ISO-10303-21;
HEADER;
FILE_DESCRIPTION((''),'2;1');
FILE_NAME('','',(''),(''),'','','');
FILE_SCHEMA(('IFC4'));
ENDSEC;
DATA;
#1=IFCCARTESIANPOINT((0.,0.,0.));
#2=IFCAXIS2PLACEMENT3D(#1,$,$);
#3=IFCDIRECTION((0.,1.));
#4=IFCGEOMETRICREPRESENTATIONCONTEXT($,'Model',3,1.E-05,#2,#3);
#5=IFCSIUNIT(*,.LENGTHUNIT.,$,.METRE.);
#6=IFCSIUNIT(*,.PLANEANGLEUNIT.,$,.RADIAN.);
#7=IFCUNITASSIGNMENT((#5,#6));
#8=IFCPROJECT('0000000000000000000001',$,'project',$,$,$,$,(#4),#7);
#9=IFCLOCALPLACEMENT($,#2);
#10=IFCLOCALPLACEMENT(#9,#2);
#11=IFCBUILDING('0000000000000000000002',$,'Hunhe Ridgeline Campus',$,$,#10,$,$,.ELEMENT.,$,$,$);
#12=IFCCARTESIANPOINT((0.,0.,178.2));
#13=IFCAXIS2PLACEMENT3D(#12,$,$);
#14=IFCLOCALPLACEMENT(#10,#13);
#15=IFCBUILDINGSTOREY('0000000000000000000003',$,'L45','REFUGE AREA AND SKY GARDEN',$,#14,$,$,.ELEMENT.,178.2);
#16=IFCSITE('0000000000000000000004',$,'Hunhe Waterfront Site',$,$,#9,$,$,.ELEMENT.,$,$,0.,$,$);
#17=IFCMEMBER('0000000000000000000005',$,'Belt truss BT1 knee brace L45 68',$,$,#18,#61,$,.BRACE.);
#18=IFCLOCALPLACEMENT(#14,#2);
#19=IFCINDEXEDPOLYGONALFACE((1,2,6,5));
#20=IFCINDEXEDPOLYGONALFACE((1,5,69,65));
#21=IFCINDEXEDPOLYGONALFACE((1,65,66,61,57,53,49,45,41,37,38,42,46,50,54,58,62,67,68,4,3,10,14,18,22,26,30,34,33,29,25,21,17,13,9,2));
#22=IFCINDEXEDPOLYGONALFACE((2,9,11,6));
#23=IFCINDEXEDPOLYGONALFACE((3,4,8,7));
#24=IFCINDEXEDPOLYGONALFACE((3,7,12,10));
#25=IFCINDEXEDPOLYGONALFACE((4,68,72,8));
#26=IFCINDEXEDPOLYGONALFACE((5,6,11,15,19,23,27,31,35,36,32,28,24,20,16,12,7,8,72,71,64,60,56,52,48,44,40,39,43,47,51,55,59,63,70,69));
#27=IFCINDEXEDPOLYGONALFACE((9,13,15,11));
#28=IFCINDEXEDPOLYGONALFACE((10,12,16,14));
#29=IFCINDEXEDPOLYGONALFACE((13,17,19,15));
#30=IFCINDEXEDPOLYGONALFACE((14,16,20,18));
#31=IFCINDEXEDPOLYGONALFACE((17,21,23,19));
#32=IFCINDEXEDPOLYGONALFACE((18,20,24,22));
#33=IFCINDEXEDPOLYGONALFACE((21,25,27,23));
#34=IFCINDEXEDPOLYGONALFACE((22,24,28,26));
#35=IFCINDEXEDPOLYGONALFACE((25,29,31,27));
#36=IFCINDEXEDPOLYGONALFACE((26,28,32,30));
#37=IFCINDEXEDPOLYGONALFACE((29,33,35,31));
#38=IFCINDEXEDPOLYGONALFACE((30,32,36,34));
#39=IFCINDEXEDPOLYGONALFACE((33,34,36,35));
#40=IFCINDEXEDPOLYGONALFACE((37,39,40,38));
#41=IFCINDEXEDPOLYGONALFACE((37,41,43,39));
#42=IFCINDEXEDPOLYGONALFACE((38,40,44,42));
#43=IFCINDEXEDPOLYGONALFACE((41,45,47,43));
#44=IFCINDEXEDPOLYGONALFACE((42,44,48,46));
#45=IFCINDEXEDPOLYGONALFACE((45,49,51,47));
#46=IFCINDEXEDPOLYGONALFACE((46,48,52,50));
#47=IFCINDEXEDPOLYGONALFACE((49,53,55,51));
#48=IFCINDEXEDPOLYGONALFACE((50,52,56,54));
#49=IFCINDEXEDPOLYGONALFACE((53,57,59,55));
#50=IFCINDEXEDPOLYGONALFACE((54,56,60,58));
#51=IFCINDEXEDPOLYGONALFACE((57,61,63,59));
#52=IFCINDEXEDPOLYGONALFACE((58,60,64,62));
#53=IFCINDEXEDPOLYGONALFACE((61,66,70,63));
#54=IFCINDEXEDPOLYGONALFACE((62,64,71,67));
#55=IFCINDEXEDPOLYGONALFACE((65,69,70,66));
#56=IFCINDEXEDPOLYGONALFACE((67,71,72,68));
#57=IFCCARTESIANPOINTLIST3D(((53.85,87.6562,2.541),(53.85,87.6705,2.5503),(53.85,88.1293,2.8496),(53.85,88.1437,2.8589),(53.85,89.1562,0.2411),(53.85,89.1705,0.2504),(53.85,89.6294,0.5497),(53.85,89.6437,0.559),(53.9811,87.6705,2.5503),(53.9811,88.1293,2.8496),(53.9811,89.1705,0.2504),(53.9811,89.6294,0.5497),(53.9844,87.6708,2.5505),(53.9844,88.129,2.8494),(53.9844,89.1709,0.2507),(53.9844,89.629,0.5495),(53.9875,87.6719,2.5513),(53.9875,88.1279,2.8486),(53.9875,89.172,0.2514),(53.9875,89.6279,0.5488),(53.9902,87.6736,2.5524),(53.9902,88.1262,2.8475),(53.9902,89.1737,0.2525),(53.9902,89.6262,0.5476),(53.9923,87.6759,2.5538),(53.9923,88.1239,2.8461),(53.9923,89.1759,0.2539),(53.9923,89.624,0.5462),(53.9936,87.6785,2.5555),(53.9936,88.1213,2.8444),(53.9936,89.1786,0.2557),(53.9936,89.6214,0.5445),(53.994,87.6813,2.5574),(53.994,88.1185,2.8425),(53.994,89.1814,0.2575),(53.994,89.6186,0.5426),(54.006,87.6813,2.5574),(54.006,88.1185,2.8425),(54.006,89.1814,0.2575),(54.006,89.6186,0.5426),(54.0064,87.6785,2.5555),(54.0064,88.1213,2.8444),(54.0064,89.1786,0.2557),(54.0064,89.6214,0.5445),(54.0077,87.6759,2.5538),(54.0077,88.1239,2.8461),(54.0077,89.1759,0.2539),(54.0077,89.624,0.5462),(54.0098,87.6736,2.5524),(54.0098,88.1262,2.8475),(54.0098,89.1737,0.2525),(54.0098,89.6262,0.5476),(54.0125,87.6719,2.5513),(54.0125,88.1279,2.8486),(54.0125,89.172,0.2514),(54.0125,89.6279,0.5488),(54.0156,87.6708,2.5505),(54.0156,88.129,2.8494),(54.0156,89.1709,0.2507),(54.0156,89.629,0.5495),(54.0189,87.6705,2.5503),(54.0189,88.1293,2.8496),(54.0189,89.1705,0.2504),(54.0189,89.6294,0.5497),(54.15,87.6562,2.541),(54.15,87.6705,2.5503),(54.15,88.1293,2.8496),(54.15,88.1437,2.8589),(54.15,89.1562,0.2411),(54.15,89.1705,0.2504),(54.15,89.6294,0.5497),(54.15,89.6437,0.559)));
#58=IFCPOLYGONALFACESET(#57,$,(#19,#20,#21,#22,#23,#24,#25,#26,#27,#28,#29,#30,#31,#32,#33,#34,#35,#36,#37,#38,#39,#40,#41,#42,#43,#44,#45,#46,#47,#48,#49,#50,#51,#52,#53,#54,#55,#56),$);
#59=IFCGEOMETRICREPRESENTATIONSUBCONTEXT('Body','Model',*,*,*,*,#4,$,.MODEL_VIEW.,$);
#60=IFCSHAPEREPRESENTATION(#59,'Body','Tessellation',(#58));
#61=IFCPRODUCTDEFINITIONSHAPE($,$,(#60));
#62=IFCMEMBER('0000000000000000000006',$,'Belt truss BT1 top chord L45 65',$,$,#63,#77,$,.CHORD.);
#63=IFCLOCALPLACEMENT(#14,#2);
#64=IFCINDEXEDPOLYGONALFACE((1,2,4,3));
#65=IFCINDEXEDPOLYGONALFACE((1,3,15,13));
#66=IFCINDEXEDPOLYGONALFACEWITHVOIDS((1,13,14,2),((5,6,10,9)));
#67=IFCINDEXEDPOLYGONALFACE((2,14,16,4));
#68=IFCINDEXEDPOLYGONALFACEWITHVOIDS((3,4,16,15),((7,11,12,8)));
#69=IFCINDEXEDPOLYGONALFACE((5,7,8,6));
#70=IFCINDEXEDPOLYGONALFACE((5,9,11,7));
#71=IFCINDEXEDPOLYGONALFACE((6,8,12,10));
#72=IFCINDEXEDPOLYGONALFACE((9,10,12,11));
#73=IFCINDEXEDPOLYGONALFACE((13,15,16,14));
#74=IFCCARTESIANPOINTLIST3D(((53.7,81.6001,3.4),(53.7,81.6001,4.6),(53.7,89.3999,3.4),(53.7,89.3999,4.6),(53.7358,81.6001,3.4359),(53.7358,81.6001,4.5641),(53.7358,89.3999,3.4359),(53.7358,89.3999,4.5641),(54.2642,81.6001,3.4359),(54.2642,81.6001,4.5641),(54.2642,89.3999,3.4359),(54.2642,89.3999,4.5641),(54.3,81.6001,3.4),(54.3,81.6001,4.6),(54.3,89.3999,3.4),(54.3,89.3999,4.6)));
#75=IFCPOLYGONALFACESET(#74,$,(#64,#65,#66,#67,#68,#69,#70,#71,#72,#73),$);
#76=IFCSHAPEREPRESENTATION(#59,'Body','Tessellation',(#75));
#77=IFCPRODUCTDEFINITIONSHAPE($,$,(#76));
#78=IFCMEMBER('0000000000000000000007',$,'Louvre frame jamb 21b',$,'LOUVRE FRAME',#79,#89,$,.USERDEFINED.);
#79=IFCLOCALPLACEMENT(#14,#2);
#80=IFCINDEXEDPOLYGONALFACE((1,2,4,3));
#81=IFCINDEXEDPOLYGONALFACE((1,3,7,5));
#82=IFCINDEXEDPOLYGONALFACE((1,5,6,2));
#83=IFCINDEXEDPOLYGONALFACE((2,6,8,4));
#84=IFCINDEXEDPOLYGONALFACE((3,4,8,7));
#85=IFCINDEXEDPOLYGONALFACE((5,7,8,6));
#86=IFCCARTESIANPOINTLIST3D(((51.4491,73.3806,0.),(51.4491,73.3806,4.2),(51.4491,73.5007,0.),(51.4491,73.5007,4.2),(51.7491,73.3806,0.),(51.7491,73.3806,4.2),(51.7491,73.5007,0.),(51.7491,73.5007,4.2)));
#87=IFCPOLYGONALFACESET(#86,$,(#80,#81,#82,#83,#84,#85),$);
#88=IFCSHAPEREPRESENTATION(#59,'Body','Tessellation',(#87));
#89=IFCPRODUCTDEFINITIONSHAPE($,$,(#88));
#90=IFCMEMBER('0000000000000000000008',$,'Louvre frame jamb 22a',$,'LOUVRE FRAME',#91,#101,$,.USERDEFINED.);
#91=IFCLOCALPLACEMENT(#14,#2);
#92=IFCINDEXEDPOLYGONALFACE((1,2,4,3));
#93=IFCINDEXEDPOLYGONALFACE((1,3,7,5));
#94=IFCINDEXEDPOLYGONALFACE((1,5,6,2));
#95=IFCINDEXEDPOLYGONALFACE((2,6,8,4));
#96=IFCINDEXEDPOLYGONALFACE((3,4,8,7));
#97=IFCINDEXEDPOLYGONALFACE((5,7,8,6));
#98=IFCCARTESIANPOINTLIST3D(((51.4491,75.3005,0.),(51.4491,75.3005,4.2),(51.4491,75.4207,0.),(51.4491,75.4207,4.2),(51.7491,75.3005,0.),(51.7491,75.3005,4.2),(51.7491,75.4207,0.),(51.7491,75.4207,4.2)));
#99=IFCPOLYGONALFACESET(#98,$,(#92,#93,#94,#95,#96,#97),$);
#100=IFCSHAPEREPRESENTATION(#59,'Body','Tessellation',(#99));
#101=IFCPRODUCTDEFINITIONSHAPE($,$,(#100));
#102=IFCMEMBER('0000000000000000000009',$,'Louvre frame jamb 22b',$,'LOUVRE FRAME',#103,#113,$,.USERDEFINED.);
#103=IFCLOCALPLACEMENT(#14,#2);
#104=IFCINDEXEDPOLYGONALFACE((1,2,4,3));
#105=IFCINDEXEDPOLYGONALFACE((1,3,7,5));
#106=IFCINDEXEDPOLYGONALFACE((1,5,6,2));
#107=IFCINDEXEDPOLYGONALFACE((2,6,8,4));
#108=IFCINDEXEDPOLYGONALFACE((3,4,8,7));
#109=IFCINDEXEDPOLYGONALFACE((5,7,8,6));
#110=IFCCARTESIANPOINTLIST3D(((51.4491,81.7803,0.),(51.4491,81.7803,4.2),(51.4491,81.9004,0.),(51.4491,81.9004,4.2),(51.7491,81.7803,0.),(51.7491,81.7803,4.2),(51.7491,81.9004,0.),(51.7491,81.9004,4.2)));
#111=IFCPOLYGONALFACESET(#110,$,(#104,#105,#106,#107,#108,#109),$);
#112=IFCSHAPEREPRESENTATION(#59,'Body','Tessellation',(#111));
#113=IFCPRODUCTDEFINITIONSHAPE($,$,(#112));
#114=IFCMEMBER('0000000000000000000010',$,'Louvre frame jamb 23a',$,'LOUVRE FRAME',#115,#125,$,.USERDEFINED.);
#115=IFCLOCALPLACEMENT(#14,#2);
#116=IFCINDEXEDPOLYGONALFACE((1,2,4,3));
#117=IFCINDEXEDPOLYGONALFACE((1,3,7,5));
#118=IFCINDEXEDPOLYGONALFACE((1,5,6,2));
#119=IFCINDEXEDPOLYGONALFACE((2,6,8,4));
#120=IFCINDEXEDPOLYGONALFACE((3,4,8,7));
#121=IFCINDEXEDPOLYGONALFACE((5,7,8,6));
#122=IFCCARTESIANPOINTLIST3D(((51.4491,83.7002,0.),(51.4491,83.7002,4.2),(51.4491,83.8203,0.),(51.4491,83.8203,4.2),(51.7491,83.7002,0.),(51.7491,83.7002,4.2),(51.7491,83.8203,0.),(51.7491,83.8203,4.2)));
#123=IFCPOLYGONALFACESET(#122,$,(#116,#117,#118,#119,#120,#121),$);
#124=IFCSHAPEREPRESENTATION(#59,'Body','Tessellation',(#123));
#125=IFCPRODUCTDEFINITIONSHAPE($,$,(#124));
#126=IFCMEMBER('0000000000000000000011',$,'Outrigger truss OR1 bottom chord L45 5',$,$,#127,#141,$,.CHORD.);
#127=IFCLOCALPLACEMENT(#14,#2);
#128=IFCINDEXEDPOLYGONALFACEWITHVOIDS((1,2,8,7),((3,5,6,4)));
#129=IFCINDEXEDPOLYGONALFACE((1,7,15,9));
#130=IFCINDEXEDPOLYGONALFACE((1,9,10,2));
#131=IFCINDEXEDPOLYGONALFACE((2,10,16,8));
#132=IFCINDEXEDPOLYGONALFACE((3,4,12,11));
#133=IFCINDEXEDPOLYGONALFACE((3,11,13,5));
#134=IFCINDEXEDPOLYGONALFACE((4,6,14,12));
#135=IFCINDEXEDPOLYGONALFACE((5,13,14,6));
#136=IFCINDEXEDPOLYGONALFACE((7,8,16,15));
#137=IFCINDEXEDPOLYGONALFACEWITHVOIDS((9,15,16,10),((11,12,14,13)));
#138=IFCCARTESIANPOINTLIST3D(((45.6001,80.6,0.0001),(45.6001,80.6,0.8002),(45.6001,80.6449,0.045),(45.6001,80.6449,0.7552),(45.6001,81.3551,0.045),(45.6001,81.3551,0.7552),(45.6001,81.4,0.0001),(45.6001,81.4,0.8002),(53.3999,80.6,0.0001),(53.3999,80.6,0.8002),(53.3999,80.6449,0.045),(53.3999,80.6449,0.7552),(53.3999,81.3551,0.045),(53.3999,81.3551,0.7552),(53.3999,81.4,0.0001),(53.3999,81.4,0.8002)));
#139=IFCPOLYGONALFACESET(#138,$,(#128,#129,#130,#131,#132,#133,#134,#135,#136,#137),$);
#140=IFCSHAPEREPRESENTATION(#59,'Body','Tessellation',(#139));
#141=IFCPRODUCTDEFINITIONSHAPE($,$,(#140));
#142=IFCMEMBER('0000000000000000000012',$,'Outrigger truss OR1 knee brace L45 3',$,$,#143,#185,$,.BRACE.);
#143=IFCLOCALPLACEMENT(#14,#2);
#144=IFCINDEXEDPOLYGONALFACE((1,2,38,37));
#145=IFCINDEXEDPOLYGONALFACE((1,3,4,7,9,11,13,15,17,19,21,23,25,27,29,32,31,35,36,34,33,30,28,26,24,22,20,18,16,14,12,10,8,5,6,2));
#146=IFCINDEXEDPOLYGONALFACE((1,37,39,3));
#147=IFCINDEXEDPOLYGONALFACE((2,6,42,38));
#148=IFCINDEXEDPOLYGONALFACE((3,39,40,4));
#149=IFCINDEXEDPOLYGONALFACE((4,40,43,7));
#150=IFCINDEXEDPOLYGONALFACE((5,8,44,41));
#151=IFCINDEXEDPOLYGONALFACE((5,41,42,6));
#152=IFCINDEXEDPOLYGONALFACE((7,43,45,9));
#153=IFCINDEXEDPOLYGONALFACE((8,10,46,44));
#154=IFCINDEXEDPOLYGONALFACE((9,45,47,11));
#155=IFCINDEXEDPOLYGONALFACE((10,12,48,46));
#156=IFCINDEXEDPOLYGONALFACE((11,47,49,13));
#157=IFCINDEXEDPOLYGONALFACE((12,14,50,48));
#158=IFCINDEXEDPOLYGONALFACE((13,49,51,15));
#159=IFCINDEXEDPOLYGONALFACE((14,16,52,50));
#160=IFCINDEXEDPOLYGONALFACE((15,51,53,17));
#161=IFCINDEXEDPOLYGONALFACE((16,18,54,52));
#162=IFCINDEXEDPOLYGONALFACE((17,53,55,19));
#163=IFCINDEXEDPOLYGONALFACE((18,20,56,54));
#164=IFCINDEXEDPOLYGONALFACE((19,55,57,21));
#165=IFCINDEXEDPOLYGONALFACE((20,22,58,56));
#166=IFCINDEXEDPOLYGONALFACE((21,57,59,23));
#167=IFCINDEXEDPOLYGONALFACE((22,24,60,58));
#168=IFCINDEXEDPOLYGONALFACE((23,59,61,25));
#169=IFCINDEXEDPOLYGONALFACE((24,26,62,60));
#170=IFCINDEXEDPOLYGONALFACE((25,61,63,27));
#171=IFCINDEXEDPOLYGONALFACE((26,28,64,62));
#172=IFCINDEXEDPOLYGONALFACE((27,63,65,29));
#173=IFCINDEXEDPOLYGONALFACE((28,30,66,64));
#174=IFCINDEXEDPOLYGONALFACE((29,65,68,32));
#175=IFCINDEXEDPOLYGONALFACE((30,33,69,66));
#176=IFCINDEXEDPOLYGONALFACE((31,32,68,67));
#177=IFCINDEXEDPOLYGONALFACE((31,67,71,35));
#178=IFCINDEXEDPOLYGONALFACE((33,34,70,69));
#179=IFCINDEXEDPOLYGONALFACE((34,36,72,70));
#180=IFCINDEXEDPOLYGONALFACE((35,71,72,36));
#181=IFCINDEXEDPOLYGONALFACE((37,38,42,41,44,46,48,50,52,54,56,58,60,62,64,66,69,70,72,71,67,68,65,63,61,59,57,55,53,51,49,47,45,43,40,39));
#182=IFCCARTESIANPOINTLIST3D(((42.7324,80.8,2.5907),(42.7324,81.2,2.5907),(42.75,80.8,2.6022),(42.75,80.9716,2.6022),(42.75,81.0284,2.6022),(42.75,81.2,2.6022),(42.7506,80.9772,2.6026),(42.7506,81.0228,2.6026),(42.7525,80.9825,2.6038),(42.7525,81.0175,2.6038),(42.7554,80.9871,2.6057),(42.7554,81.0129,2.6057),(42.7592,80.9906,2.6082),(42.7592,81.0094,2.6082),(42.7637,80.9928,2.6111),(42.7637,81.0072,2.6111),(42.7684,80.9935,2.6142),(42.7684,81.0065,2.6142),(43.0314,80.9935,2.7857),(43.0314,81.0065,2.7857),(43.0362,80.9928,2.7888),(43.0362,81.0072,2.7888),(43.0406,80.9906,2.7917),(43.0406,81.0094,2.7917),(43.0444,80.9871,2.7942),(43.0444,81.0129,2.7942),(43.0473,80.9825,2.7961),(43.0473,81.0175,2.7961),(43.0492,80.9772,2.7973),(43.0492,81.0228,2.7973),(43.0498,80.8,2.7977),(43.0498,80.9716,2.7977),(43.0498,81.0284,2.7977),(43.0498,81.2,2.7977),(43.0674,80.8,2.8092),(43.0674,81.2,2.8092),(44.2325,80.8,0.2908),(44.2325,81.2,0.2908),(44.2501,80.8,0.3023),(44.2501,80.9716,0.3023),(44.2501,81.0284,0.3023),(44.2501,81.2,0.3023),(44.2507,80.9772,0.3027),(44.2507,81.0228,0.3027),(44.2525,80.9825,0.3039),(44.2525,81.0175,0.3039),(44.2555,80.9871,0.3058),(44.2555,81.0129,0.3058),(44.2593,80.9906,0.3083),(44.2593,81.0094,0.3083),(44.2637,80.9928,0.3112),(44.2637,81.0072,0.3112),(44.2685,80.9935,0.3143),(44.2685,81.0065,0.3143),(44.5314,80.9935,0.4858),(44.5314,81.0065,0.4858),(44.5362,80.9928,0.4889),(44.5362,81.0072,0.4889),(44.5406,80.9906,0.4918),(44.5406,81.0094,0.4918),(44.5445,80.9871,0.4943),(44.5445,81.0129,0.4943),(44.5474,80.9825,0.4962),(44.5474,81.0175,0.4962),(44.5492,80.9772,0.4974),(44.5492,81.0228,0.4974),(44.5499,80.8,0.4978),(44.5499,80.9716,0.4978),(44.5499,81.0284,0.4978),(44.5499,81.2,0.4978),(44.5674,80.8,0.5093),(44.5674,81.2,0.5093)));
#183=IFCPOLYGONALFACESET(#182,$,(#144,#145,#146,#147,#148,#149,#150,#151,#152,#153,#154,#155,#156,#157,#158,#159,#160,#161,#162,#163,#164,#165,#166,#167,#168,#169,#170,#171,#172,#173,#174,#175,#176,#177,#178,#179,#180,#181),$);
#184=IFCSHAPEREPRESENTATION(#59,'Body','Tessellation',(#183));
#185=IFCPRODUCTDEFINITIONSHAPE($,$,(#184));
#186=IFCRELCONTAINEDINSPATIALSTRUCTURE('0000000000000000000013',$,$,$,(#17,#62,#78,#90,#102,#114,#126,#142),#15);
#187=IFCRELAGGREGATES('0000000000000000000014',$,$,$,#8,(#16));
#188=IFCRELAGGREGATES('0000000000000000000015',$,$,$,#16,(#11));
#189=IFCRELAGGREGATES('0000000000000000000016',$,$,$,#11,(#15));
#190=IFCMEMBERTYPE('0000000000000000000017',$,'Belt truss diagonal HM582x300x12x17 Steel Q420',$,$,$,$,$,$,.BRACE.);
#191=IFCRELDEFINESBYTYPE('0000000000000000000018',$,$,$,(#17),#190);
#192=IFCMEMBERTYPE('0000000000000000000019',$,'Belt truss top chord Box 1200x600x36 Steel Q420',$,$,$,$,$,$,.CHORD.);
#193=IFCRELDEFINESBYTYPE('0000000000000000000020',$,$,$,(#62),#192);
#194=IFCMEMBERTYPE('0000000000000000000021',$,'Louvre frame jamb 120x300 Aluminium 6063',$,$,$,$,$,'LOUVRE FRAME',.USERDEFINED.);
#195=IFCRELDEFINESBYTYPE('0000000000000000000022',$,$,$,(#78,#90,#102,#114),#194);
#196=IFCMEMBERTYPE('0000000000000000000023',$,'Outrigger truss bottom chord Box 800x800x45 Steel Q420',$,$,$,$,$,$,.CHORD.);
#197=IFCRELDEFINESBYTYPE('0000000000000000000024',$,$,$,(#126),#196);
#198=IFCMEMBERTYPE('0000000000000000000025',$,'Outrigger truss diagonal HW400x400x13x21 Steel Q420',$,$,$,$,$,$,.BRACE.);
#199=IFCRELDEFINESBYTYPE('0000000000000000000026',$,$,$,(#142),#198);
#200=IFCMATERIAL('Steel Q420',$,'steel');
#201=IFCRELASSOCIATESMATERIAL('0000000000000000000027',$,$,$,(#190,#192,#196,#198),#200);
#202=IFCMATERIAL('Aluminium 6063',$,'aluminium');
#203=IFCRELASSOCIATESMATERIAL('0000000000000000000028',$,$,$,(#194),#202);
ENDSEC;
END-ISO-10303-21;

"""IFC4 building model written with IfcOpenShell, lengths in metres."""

from ifc_helpers import new_model, si_unit, direction, frame, origin, origin_2d, place, context, subcontext, project, spatial, rectangle, hollow_rectangle, i_section, extrude, material, material_profile, profile_set, type_object, element, save


model = new_model("IFC4")

# Units and contexts
model_context = context("Model", 3, precision=1e-05, world=origin(), true_north=direction((0.0, 1.0)))
body_context = subcontext(model_context, "Body", "Model", "MODEL_VIEW")
ifc_project = project(units=[si_unit("LENGTHUNIT", "METRE"), si_unit("PLANEANGLEUNIT", "RADIAN")], contexts=[model_context])

# Site, building, storey
site_placement = place(None, origin())
site = spatial("IfcSite", under=ifc_project, at=site_placement, Name="Hunhe Waterfront Site", CompositionType="ELEMENT", RefElevation=0.0)
building_placement = place(site_placement, origin())
building = spatial("IfcBuilding", under=site, at=building_placement, Name="Hunhe Ridgeline Campus", CompositionType="ELEMENT")
storey_placement = place(building_placement, frame((0.0, 0.0, 178.2)))
storey = spatial("IfcBuildingStorey", under=building, at=storey_placement, Name="L45", Description="REFUGE AREA AND SKY GARDEN", CompositionType="ELEMENT", Elevation=178.2)

# Members
ifc_material_1 = material(Name="Steel Q420", Category="steel")
ifc_material_profile_1 = material_profile(ifc_material_1, i_section(OverallWidth=0.3, OverallDepth=0.582, WebThickness=0.012, FlangeThickness=0.0171, FilletRadius=0.0129, at=origin_2d()))
ifc_profile_set_1 = profile_set([ifc_material_profile_1], Name="Steel Q420")
member_type_1 = type_object("IfcMemberType", Name="Belt truss diagonal HM582x300x12x17 Steel Q420", PredefinedType="BRACE", material=ifc_profile_set_1)
for number, where, z_axis, x_axis, name in (
    (1, (54.0, 87.8999, 2.7), (0.0, 0.5463, -0.837589), (-1.0, 0.0, 0.0), "Belt truss BT1 knee brace L45 68"),
):
    element("IfcMember", number, at=place(storey_placement, frame(where, z_axis=z_axis, x_axis=x_axis)), inside=storey, type_object=member_type_1, Name=name, PredefinedType="BRACE", context=body_context, shape_type="SweptSolid", body=[
        extrude(i_section(OverallWidth=0.3, OverallDepth=0.582, WebThickness=0.012, FlangeThickness=0.0171, FilletRadius=0.0129, at=origin_2d()), origin(), (0.0, 0.0, 1.0), 2.7458),
    ])
ifc_material_profile_2 = material_profile(ifc_material_1, hollow_rectangle(XDim=0.6001, YDim=1.2, WallThickness=0.0359, at=origin_2d()))
ifc_profile_set_2 = profile_set([ifc_material_profile_2], Name="Steel Q420")
member_type_2 = type_object("IfcMemberType", Name="Belt truss top chord Box 1200x600x36 Steel Q420", PredefinedType="CHORD", material=ifc_profile_set_2)
member_1_placement = place(storey_placement, frame((54.0, 81.6001, 4.0), z_axis=(0.0, 1.0, 0.0), x_axis=(-1.0, 0.0, 0.0)))
element("IfcMember", 2, at=member_1_placement, inside=storey, type_object=member_type_2, Name="Belt truss BT1 top chord L45 65", PredefinedType="CHORD", context=body_context, shape_type="SweptSolid", body=[
    extrude(hollow_rectangle(XDim=0.6001, YDim=1.2, WallThickness=0.0359, at=origin_2d()), origin(), (0.0, 0.0, 1.0), 7.7998),
])
ifc_material_2 = material(Name="Aluminium 6063", Category="aluminium")
ifc_material_profile_3 = material_profile(ifc_material_2, rectangle(XDim=0.3, YDim=0.1201, at=origin_2d()))
ifc_profile_set_3 = profile_set([ifc_material_profile_3], Name="Aluminium 6063")
member_type_3 = type_object("IfcMemberType", Name="Louvre frame jamb 120x300 Aluminium 6063", ElementType="LOUVRE FRAME", PredefinedType="USERDEFINED", material=ifc_profile_set_3)
for number, where, z_axis, x_axis, name in (
    (3, (51.5991, 73.4407, 0.0), (0.0, 0.0, 1.0), (-1.0, 0.0, 0.0), "Louvre frame jamb 21b"),
    (4, (51.5991, 75.3606, 0.0), (0.0, 0.0, 1.0), (-1.0, 0.0, 0.0), "Louvre frame jamb 22a"),
    (5, (51.5991, 81.8403, 0.0), (0.0, 0.0, 1.0), (-1.0, 0.0, 0.0), "Louvre frame jamb 22b"),
    (6, (51.5991, 83.7603, 0.0), (0.0, 0.0, 1.0), (-1.0, 0.0, 0.0), "Louvre frame jamb 23a"),
):
    element("IfcMember", number, at=place(storey_placement, frame(where, z_axis=z_axis, x_axis=x_axis)), inside=storey, type_object=member_type_3, Name=name, ObjectType="LOUVRE FRAME", PredefinedType="USERDEFINED", context=body_context, shape_type="SweptSolid", body=[
        extrude(rectangle(XDim=0.3, YDim=0.1201, at=origin_2d()), origin(), (0.0, 0.0, 1.0), 4.2),
    ])
ifc_material_profile_4 = material_profile(ifc_material_1, hollow_rectangle(XDim=0.8, YDim=0.8, WallThickness=0.0449, at=origin_2d()))
ifc_profile_set_4 = profile_set([ifc_material_profile_4], Name="Steel Q420")
member_type_4 = type_object("IfcMemberType", Name="Outrigger truss bottom chord Box 800x800x45 Steel Q420", PredefinedType="CHORD", material=ifc_profile_set_4)
member_2_placement = place(storey_placement, frame((45.6001, 81.0, 0.4001), z_axis=(1.0, 0.0, 0.0), x_axis=(0.0, 1.0, 0.0)))
element("IfcMember", 7, at=member_2_placement, inside=storey, type_object=member_type_4, Name="Outrigger truss OR1 bottom chord L45 5", PredefinedType="CHORD", context=body_context, shape_type="SweptSolid", body=[
    extrude(hollow_rectangle(XDim=0.8, YDim=0.8, WallThickness=0.0449, at=origin_2d()), origin(), (0.0, 0.0, 1.0), 7.7998),
])
ifc_material_profile_5 = material_profile(ifc_material_1, i_section(OverallWidth=0.3999, OverallDepth=0.3999, WebThickness=0.0129, FlangeThickness=0.021, FilletRadius=0.022, at=origin_2d()))
ifc_profile_set_5 = profile_set([ifc_material_profile_5], Name="Steel Q420")
member_type_5 = type_object("IfcMemberType", Name="Outrigger truss diagonal HW400x400x13x21 Steel Q420", PredefinedType="BRACE", material=ifc_profile_set_5)
member_3_placement = place(storey_placement, frame((42.8999, 81.0, 2.7), z_axis=(0.5463, 0.0, -0.837589), x_axis=(0.0, 1.0, 0.0)))
element("IfcMember", 8, at=member_3_placement, inside=storey, type_object=member_type_5, Name="Outrigger truss OR1 knee brace L45 3", PredefinedType="BRACE", context=body_context, shape_type="SweptSolid", body=[
    extrude(i_section(OverallWidth=0.3999, OverallDepth=0.3999, WebThickness=0.0129, FlangeThickness=0.021, FilletRadius=0.022, at=origin_2d()), origin(), (0.0, 0.0, 1.0), 2.7458),
])

save(model, "model.ifc")
